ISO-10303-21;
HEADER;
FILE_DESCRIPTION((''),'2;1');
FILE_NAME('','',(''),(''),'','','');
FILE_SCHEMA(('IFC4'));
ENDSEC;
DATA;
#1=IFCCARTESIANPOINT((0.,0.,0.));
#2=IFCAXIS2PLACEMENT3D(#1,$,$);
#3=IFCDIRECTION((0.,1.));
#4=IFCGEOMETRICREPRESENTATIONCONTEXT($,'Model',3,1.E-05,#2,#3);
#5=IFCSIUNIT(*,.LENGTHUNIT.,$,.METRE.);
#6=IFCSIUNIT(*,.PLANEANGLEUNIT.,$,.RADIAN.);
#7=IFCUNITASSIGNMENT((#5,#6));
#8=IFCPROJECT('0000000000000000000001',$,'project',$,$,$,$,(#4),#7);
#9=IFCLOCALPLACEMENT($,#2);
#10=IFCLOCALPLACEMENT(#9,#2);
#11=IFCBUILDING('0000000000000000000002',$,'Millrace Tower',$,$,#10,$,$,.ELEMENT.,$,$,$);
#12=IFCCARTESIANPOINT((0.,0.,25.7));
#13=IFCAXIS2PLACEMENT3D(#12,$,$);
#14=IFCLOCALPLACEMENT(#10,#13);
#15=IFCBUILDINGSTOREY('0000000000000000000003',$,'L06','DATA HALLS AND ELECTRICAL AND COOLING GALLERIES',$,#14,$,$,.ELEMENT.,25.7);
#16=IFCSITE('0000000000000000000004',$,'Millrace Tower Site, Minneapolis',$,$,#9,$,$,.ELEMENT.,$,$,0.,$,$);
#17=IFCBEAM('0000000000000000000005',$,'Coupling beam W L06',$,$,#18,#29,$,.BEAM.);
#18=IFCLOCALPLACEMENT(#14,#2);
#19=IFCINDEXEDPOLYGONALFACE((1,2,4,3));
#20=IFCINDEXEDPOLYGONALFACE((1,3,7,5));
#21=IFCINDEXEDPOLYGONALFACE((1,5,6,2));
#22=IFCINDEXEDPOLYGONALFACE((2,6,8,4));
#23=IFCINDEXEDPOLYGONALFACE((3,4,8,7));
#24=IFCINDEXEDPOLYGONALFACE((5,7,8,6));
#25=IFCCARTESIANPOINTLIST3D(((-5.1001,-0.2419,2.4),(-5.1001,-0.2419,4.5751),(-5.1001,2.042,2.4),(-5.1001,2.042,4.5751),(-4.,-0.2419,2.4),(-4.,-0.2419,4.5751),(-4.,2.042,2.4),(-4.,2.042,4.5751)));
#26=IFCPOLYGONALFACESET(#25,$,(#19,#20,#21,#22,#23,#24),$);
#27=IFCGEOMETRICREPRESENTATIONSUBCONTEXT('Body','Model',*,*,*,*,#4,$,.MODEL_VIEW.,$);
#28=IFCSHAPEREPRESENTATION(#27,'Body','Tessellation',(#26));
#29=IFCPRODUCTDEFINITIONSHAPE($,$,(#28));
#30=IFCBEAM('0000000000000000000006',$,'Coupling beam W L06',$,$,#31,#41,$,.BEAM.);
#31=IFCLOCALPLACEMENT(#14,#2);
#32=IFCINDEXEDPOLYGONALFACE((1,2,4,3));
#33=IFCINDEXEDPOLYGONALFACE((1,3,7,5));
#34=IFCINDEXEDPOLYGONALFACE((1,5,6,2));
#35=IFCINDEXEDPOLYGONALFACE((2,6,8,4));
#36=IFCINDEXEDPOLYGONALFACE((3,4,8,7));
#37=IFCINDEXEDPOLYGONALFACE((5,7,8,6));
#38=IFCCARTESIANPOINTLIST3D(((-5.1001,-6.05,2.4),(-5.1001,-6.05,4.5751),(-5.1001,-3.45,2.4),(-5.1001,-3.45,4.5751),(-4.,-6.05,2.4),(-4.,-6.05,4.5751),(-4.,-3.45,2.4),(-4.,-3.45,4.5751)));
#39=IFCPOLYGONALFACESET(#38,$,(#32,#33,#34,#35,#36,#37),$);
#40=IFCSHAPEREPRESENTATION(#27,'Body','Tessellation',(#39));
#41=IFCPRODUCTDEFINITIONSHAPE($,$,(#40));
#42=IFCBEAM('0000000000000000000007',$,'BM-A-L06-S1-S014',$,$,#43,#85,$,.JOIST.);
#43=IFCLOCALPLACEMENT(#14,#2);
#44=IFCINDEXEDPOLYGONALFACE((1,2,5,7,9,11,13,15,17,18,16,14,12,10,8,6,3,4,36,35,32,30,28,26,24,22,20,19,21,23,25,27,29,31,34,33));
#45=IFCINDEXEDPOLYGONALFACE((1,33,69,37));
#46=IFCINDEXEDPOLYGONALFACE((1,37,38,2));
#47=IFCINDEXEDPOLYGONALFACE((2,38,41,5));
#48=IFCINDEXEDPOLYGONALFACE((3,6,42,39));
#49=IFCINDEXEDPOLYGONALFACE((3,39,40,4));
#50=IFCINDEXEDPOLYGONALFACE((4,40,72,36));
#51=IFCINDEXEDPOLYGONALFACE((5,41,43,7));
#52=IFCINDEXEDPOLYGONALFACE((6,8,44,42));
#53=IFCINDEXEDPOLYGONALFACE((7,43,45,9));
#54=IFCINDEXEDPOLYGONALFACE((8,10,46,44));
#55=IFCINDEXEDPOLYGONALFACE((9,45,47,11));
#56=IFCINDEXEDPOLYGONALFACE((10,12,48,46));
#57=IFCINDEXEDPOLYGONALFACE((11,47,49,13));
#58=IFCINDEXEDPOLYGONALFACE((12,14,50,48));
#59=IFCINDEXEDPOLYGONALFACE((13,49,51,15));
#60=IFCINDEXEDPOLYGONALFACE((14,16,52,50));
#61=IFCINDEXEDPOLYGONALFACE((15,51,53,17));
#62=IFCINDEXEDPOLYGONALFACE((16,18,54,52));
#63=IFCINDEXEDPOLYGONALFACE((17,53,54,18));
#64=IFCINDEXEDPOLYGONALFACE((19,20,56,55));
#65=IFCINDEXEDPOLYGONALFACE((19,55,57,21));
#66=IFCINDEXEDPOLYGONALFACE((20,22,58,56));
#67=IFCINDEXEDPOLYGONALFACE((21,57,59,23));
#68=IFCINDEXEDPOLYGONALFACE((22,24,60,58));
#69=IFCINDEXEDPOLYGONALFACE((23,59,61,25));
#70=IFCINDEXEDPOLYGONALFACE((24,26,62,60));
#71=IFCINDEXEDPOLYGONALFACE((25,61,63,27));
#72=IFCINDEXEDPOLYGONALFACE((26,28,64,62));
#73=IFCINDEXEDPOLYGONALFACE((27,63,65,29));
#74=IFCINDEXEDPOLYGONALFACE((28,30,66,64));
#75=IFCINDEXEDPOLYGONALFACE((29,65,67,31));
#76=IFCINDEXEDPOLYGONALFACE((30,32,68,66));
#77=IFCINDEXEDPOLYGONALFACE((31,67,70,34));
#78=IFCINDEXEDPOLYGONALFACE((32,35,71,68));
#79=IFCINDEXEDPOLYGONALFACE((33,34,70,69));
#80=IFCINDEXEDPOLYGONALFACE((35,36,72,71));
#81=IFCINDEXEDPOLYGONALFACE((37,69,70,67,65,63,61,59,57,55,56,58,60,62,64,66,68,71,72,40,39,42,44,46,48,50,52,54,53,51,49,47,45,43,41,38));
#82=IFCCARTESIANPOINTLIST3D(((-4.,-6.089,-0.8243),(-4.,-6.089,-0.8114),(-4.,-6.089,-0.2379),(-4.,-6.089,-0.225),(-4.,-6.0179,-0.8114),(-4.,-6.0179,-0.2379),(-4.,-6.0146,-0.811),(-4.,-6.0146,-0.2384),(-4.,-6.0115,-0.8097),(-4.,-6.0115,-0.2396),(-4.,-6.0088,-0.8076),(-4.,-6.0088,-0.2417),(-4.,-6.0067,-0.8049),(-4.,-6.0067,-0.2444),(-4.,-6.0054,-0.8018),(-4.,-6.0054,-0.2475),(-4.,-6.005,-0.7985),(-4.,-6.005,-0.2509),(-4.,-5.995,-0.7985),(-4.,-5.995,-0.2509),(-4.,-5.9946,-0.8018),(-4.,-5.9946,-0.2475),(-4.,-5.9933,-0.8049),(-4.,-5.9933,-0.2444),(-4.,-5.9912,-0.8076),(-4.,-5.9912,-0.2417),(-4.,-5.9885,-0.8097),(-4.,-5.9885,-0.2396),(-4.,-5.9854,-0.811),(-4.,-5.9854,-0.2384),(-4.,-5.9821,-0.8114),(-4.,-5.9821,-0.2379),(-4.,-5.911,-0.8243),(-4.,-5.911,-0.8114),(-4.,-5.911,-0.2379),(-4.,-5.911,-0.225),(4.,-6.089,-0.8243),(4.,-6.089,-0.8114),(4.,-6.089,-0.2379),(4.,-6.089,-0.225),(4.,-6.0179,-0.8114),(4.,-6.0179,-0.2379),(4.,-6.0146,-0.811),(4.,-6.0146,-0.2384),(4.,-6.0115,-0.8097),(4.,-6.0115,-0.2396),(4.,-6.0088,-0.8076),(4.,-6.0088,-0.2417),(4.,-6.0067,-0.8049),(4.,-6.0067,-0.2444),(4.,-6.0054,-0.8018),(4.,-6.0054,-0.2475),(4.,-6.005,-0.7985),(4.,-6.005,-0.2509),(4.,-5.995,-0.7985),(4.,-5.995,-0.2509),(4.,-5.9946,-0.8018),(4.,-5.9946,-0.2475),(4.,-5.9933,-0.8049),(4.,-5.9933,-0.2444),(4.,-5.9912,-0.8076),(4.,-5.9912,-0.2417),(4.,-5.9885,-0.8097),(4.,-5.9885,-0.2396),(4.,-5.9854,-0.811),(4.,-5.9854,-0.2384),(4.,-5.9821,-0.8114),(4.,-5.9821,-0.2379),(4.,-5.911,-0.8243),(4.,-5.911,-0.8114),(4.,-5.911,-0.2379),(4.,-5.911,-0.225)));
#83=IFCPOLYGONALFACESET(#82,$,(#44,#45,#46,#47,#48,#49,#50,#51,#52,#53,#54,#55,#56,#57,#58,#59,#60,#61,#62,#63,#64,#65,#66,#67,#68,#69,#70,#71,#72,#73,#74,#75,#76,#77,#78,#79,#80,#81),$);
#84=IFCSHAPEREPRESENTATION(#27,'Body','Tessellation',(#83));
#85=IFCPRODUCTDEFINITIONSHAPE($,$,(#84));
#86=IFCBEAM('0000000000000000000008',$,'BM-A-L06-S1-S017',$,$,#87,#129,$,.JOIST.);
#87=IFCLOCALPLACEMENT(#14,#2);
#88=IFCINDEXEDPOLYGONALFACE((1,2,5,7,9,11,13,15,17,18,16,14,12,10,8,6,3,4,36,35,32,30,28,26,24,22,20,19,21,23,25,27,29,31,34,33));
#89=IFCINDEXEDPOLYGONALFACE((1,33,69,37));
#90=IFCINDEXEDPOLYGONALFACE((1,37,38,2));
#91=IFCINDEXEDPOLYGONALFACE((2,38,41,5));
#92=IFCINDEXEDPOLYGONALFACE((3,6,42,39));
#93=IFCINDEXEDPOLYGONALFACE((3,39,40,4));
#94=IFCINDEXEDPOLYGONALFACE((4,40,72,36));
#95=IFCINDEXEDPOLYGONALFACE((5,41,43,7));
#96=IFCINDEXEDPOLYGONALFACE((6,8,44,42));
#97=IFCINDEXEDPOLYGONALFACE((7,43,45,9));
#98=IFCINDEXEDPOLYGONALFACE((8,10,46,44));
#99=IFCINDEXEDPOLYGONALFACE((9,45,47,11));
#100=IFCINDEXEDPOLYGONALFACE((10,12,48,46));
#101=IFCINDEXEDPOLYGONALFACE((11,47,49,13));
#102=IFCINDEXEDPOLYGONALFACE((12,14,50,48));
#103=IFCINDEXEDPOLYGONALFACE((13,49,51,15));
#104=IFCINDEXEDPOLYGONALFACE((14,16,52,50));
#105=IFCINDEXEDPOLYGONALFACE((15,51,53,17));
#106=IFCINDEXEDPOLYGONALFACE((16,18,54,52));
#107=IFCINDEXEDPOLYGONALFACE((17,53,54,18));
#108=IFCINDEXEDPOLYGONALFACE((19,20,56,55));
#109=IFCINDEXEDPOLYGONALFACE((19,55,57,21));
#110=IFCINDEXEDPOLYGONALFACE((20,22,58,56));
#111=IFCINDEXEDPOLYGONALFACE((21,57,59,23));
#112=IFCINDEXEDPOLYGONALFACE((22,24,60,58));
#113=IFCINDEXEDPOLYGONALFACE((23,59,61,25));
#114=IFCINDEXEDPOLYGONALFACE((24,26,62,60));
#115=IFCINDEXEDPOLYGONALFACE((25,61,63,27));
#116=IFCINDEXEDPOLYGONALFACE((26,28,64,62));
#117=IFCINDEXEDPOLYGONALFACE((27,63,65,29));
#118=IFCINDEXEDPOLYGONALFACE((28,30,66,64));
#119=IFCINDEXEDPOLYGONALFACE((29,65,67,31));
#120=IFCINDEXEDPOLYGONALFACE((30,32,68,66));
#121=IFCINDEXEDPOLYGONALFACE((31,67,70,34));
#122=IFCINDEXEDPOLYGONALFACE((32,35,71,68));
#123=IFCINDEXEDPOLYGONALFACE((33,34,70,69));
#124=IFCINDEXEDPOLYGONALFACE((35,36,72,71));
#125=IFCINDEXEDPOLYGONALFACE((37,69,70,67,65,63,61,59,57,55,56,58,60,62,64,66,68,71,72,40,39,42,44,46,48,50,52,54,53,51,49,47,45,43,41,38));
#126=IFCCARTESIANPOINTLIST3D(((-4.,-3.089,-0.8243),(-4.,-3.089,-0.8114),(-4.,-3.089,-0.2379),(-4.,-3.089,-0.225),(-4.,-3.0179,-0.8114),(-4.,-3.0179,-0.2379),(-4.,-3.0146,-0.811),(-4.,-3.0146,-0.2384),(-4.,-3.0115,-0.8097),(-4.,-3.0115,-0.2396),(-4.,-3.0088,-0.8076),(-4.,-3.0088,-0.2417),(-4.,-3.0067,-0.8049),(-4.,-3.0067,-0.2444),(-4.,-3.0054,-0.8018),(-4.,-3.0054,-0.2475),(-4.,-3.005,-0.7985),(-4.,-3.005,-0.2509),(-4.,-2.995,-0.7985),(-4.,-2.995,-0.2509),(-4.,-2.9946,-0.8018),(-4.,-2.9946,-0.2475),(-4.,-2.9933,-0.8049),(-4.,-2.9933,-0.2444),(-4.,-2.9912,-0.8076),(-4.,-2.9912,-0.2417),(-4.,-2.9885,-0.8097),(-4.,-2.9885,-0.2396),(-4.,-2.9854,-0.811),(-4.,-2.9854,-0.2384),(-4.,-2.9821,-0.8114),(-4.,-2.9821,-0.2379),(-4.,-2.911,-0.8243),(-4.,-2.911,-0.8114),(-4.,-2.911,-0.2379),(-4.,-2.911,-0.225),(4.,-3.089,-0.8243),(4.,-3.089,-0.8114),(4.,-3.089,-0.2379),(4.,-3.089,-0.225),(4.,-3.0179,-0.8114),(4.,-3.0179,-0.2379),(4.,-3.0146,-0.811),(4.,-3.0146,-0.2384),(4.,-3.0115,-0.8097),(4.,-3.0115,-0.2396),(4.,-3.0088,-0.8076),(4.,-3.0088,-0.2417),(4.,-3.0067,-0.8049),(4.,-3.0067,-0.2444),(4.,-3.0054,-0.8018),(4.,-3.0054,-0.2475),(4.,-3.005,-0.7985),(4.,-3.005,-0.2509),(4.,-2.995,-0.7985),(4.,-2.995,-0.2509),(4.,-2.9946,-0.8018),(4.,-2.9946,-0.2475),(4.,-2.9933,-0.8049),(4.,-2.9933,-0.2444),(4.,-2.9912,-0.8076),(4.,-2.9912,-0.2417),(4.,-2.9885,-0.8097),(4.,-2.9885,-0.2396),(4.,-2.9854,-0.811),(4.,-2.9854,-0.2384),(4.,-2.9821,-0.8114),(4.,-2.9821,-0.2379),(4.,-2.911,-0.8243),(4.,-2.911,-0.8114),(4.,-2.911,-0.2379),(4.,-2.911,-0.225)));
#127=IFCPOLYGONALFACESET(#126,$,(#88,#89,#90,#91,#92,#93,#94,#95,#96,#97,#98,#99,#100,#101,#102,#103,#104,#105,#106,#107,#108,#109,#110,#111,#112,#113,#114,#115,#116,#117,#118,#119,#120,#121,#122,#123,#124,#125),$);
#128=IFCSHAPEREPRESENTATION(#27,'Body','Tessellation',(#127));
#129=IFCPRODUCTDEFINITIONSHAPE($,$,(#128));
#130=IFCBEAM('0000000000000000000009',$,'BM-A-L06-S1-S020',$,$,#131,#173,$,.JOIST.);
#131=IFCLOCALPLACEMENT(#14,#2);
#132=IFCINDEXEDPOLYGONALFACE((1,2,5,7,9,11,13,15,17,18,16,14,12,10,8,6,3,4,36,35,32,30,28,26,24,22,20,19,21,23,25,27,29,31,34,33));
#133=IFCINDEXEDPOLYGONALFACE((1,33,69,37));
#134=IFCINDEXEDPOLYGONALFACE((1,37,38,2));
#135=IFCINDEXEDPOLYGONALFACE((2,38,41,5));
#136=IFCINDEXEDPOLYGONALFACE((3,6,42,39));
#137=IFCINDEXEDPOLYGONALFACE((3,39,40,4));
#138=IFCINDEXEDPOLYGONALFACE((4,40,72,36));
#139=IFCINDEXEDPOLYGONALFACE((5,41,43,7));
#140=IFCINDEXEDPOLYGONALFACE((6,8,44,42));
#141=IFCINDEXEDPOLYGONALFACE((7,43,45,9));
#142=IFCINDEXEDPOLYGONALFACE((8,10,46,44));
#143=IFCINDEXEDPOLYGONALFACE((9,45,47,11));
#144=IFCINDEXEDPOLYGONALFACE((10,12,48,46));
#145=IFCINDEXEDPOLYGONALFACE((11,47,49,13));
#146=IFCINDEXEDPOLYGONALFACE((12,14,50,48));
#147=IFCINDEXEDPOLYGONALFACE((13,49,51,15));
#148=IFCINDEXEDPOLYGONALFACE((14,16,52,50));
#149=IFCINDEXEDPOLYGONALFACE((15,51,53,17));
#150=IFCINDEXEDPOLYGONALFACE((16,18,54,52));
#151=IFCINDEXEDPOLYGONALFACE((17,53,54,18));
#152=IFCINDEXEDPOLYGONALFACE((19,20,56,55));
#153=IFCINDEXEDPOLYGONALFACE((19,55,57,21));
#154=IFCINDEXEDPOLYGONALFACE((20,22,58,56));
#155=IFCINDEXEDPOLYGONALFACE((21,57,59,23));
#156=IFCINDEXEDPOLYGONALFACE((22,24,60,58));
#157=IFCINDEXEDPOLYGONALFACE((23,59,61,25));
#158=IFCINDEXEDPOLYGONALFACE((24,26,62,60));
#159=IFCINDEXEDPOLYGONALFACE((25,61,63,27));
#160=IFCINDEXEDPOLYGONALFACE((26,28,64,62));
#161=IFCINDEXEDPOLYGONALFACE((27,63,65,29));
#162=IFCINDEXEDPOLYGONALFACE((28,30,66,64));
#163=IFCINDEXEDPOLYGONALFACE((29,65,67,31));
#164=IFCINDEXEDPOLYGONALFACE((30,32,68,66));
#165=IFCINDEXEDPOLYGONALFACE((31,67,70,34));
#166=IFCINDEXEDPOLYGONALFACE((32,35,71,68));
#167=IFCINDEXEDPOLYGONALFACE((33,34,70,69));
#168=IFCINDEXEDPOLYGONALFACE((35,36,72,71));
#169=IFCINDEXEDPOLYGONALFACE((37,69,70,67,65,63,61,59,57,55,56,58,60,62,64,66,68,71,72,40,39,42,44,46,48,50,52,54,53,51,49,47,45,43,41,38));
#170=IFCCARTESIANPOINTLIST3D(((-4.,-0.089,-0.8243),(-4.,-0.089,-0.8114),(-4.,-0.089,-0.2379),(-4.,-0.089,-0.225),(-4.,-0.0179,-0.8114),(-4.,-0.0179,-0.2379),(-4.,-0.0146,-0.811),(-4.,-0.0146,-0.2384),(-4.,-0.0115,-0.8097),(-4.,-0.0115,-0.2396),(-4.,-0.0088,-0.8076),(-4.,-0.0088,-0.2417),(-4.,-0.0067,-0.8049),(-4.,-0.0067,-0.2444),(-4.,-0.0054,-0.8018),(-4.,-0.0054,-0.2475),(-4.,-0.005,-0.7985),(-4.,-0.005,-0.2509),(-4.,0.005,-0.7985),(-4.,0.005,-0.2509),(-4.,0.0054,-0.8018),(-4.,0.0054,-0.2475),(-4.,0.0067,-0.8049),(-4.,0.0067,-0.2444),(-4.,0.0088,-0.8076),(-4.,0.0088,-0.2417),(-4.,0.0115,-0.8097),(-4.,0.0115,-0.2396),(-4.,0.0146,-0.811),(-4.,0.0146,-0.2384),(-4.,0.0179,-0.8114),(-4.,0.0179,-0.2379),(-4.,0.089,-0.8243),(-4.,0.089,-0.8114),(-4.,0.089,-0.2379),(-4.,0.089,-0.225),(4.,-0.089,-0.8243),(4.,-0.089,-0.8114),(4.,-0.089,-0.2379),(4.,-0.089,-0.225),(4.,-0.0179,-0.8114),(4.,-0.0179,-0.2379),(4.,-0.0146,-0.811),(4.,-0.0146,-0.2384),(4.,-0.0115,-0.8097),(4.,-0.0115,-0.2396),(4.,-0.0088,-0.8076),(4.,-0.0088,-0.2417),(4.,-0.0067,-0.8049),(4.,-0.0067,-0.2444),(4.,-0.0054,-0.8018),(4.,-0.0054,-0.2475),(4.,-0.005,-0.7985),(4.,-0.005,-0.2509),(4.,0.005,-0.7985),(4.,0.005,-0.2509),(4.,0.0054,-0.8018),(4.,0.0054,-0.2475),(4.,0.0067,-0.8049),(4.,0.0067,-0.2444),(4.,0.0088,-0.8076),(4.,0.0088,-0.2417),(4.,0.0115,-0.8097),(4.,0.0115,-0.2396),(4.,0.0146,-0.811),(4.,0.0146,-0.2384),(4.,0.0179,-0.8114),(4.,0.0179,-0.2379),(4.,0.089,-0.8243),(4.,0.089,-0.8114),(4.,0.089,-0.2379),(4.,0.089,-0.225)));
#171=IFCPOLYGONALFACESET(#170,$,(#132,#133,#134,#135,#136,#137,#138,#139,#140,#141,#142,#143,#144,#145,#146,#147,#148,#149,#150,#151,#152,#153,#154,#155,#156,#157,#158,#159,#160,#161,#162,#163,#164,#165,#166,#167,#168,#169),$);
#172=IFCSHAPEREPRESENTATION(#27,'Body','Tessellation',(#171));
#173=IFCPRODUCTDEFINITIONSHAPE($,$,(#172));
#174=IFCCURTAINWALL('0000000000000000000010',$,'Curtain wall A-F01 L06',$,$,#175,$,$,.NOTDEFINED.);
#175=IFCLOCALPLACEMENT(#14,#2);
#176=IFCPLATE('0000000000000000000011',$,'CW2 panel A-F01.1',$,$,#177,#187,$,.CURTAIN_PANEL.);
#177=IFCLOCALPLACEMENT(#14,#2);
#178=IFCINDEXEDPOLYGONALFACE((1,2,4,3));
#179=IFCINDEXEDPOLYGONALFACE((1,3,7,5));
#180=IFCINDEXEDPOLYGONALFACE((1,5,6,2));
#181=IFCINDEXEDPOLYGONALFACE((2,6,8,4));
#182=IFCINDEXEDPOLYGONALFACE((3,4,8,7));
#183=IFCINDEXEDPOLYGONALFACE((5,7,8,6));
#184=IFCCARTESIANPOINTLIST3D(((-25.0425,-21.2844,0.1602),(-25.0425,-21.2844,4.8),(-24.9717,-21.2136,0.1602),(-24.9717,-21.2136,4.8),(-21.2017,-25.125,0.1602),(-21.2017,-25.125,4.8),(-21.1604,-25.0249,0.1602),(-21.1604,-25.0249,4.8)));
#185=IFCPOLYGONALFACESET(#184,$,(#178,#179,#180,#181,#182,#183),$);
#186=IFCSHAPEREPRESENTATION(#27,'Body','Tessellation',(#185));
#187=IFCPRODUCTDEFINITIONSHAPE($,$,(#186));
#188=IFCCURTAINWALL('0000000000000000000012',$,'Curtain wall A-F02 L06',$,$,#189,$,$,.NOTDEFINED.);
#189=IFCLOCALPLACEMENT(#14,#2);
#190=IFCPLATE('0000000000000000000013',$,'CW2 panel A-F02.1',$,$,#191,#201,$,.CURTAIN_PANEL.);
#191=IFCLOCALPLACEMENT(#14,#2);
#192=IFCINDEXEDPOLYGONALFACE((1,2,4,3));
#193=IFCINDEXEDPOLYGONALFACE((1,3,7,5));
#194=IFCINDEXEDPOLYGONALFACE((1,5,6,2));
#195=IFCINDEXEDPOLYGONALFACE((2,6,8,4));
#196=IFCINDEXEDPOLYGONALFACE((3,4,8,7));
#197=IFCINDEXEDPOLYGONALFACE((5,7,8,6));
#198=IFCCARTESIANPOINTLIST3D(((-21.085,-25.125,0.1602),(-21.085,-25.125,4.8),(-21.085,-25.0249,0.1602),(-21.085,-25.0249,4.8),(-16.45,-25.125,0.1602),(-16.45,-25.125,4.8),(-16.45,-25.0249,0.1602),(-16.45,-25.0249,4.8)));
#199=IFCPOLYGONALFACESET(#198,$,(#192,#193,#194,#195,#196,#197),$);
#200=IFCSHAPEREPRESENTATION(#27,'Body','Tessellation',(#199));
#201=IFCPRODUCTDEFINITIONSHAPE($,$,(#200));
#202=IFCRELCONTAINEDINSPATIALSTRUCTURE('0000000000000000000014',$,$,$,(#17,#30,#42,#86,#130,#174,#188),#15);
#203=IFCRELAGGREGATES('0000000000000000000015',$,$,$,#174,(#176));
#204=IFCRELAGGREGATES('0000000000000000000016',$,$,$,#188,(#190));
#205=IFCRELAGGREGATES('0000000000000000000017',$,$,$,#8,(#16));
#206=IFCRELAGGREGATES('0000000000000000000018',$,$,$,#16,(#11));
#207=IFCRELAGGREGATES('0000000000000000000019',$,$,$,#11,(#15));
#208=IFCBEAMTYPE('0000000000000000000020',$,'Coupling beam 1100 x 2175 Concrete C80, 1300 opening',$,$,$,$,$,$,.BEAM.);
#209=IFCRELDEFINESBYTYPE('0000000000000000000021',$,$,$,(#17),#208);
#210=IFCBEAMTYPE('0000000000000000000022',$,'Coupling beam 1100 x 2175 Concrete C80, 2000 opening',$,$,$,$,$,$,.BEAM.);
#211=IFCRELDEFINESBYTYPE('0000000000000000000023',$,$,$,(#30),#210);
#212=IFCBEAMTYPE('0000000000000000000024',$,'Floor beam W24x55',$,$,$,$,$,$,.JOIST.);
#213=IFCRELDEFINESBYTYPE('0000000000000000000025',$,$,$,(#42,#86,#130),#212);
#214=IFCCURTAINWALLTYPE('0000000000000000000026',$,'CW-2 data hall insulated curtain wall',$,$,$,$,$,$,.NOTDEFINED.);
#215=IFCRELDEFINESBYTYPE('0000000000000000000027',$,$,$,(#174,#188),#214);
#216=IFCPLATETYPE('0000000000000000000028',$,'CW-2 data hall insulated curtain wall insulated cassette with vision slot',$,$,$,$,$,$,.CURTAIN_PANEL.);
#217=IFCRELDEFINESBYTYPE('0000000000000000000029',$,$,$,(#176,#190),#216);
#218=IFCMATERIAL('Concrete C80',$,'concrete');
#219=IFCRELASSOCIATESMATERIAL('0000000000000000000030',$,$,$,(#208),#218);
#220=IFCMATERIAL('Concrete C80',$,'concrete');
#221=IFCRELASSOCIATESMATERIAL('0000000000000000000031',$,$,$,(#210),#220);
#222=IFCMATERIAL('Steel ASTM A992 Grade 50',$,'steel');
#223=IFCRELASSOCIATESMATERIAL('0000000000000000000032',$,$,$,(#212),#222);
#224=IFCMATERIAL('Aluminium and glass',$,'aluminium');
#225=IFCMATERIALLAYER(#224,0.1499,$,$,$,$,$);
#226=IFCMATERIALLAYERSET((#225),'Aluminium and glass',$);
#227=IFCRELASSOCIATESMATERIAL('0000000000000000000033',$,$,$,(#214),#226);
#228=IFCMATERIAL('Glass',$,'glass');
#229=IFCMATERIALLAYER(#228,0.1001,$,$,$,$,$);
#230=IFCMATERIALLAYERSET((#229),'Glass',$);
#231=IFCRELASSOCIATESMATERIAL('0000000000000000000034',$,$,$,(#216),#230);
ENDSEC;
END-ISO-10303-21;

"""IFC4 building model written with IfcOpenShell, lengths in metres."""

from ifc_helpers import new_model, si_unit, direction, frame, origin, origin_2d, place, context, subcontext, project, spatial, polyline, rectangle, i_section, outline, extrude, material, layer, layer_set, material_profile, profile_set, type_object, element, aggregate, save


model = new_model("IFC4")

# Units and contexts
model_context = context("Model", 3, precision=1e-05, world=origin(), true_north=direction((0.0, 1.0)))
body_context = subcontext(model_context, "Body", "Model", "MODEL_VIEW")
ifc_project = project(units=[si_unit("LENGTHUNIT", "METRE"), si_unit("PLANEANGLEUNIT", "RADIAN")], contexts=[model_context])

# Site, building, storey
site_placement = place(None, origin())
site = spatial("IfcSite", under=ifc_project, at=site_placement, Name="Millrace Tower Site, Minneapolis", CompositionType="ELEMENT", RefElevation=0.0)
building_placement = place(site_placement, origin())
building = spatial("IfcBuilding", under=site, at=building_placement, Name="Millrace Tower", CompositionType="ELEMENT")
storey_placement = place(building_placement, frame((0.0, 0.0, 25.7)))
storey = spatial("IfcBuildingStorey", under=building, at=storey_placement, Name="L06", Description="DATA HALLS AND ELECTRICAL AND COOLING GALLERIES", CompositionType="ELEMENT", Elevation=25.7)

# Beams
ifc_material_1 = material(Name="Concrete C80", Category="concrete")
ifc_material_profile_1 = material_profile(ifc_material_1, rectangle(XDim=1.1001, YDim=2.175, at=origin_2d()))
ifc_profile_set_1 = profile_set([ifc_material_profile_1], Name="Concrete C80")
beam_type_1 = type_object("IfcBeamType", Name="Coupling beam 1100 x 2175 Concrete C80, 1300 opening", PredefinedType="BEAM", material=ifc_profile_set_1)
beam_1_placement = place(storey_placement, frame((-4.55, -0.2419, 3.4875), z_axis=(0.0, 1.0, 0.0), x_axis=(-1.0, 0.0, 0.0)))
element("IfcBeam", 1, at=beam_1_placement, inside=storey, type_object=beam_type_1, Name="Coupling beam W L06", PredefinedType="BEAM", context=body_context, shape_type="SweptSolid", body=[
    extrude(rectangle(XDim=1.1001, YDim=2.175, at=origin_2d()), origin(), (0.0, 0.0, 1.0), 2.2839),
])
ifc_material_2 = material(Name="Concrete C80", Category="concrete")
ifc_material_profile_2 = material_profile(ifc_material_2, rectangle(XDim=1.1001, YDim=2.175, at=origin_2d()))
ifc_profile_set_2 = profile_set([ifc_material_profile_2], Name="Concrete C80")
beam_type_2 = type_object("IfcBeamType", Name="Coupling beam 1100 x 2175 Concrete C80, 2000 opening", PredefinedType="BEAM", material=ifc_profile_set_2)
beam_2_placement = place(storey_placement, frame((-4.55, -6.05, 3.4875), z_axis=(0.0, 1.0, 0.0), x_axis=(-1.0, 0.0, 0.0)))
element("IfcBeam", 2, at=beam_2_placement, inside=storey, type_object=beam_type_2, Name="Coupling beam W L06", PredefinedType="BEAM", context=body_context, shape_type="SweptSolid", body=[
    extrude(rectangle(XDim=1.1001, YDim=2.175, at=origin_2d()), origin(), (0.0, 0.0, 1.0), 2.6001),
])
ifc_material_3 = material(Name="Steel ASTM A992 Grade 50", Category="steel")
ifc_material_profile_3 = material_profile(ifc_material_3, i_section(OverallWidth=0.178, OverallDepth=0.5994, WebThickness=0.01, FlangeThickness=0.0129, FilletRadius=0.0129, at=origin_2d()))
ifc_profile_set_3 = profile_set([ifc_material_profile_3], Name="Steel ASTM A992 Grade 50")
beam_type_3 = type_object("IfcBeamType", Name="Floor beam W24x55", PredefinedType="JOIST", material=ifc_profile_set_3)
for number, where, z_axis, x_axis, name in (
    (3, (-4.0, -6.0, -0.5247), (1.0, 0.0, 0.0), (0.0, 1.0, 0.0), "BM-A-L06-S1-S014"),
    (4, (-4.0, -3.0, -0.5247), (1.0, 0.0, 0.0), (0.0, 1.0, 0.0), "BM-A-L06-S1-S017"),
    (5, (-4.0, 0.0, -0.5247), (1.0, 0.0, 0.0), (0.0, 1.0, 0.0), "BM-A-L06-S1-S020"),
):
    element("IfcBeam", number, at=place(storey_placement, frame(where, z_axis=z_axis, x_axis=x_axis)), inside=storey, type_object=beam_type_3, Name=name, PredefinedType="JOIST", context=body_context, shape_type="SweptSolid", body=[
        extrude(i_section(OverallWidth=0.178, OverallDepth=0.5994, WebThickness=0.01, FlangeThickness=0.0129, FilletRadius=0.0129, at=origin_2d()), origin(), (0.0, 0.0, 1.0), 8.0),
    ])

# Curtain wall, plate
ifc_material_4 = material(Name="Aluminium and glass", Category="aluminium")
ifc_layer_1 = layer(ifc_material_4, 0.1499)
ifc_layer_set_1 = layer_set([ifc_layer_1], Name="Aluminium and glass")
curtain_wall_type = type_object("IfcCurtainWallType", Name="CW-2 data hall insulated curtain wall", PredefinedType="NOTDEFINED", material=ifc_layer_set_1)
placement_1 = place(storey_placement, origin())
curtain_wall_1 = element("IfcCurtainWall", 6, at=placement_1, inside=storey, type_object=curtain_wall_type, Name="Curtain wall A-F01 L06", PredefinedType="NOTDEFINED")
ifc_material_5 = material(Name="Glass", Category="glass")
ifc_layer_2 = layer(ifc_material_5, 0.1001)
ifc_layer_set_2 = layer_set([ifc_layer_2], Name="Glass")
plate_type = type_object("IfcPlateType", Name="CW-2 data hall insulated curtain wall insulated cassette with vision slot", PredefinedType="CURTAIN_PANEL", material=ifc_layer_set_2)
placement_2 = place(storey_placement, frame((0.0, 0.0, 0.1602)))
plate_1 = element("IfcPlate", 7, at=placement_2, type_object=plate_type, Name="CW2 panel A-F01.1", PredefinedType="CURTAIN_PANEL", context=body_context, shape_type="SweptSolid", body=[
    extrude(outline(polyline([(-25.0425, -21.2844), (-21.2017, -25.125), (-21.1604, -25.0249), (-24.9717, -21.2136), (-25.0425, -21.2844)])), origin(), (0.0, 0.0, 1.0), 4.6399),
])
aggregate(curtain_wall_1, [plate_1])

# Curtain wall, plate
curtain_wall_2 = element("IfcCurtainWall", 8, at=placement_1, inside=storey, type_object=curtain_wall_type, Name="Curtain wall A-F02 L06", PredefinedType="NOTDEFINED")
plate_2 = element("IfcPlate", 9, at=placement_2, type_object=plate_type, Name="CW2 panel A-F02.1", PredefinedType="CURTAIN_PANEL", context=body_context, shape_type="SweptSolid", body=[
    extrude(outline(polyline([(-21.085, -25.125), (-16.45, -25.125), (-16.45, -25.0249), (-21.085, -25.0249), (-21.085, -25.125)])), origin(), (0.0, 0.0, 1.0), 4.6399),
])
aggregate(curtain_wall_2, [plate_2])

save(model, "model.ifc")
